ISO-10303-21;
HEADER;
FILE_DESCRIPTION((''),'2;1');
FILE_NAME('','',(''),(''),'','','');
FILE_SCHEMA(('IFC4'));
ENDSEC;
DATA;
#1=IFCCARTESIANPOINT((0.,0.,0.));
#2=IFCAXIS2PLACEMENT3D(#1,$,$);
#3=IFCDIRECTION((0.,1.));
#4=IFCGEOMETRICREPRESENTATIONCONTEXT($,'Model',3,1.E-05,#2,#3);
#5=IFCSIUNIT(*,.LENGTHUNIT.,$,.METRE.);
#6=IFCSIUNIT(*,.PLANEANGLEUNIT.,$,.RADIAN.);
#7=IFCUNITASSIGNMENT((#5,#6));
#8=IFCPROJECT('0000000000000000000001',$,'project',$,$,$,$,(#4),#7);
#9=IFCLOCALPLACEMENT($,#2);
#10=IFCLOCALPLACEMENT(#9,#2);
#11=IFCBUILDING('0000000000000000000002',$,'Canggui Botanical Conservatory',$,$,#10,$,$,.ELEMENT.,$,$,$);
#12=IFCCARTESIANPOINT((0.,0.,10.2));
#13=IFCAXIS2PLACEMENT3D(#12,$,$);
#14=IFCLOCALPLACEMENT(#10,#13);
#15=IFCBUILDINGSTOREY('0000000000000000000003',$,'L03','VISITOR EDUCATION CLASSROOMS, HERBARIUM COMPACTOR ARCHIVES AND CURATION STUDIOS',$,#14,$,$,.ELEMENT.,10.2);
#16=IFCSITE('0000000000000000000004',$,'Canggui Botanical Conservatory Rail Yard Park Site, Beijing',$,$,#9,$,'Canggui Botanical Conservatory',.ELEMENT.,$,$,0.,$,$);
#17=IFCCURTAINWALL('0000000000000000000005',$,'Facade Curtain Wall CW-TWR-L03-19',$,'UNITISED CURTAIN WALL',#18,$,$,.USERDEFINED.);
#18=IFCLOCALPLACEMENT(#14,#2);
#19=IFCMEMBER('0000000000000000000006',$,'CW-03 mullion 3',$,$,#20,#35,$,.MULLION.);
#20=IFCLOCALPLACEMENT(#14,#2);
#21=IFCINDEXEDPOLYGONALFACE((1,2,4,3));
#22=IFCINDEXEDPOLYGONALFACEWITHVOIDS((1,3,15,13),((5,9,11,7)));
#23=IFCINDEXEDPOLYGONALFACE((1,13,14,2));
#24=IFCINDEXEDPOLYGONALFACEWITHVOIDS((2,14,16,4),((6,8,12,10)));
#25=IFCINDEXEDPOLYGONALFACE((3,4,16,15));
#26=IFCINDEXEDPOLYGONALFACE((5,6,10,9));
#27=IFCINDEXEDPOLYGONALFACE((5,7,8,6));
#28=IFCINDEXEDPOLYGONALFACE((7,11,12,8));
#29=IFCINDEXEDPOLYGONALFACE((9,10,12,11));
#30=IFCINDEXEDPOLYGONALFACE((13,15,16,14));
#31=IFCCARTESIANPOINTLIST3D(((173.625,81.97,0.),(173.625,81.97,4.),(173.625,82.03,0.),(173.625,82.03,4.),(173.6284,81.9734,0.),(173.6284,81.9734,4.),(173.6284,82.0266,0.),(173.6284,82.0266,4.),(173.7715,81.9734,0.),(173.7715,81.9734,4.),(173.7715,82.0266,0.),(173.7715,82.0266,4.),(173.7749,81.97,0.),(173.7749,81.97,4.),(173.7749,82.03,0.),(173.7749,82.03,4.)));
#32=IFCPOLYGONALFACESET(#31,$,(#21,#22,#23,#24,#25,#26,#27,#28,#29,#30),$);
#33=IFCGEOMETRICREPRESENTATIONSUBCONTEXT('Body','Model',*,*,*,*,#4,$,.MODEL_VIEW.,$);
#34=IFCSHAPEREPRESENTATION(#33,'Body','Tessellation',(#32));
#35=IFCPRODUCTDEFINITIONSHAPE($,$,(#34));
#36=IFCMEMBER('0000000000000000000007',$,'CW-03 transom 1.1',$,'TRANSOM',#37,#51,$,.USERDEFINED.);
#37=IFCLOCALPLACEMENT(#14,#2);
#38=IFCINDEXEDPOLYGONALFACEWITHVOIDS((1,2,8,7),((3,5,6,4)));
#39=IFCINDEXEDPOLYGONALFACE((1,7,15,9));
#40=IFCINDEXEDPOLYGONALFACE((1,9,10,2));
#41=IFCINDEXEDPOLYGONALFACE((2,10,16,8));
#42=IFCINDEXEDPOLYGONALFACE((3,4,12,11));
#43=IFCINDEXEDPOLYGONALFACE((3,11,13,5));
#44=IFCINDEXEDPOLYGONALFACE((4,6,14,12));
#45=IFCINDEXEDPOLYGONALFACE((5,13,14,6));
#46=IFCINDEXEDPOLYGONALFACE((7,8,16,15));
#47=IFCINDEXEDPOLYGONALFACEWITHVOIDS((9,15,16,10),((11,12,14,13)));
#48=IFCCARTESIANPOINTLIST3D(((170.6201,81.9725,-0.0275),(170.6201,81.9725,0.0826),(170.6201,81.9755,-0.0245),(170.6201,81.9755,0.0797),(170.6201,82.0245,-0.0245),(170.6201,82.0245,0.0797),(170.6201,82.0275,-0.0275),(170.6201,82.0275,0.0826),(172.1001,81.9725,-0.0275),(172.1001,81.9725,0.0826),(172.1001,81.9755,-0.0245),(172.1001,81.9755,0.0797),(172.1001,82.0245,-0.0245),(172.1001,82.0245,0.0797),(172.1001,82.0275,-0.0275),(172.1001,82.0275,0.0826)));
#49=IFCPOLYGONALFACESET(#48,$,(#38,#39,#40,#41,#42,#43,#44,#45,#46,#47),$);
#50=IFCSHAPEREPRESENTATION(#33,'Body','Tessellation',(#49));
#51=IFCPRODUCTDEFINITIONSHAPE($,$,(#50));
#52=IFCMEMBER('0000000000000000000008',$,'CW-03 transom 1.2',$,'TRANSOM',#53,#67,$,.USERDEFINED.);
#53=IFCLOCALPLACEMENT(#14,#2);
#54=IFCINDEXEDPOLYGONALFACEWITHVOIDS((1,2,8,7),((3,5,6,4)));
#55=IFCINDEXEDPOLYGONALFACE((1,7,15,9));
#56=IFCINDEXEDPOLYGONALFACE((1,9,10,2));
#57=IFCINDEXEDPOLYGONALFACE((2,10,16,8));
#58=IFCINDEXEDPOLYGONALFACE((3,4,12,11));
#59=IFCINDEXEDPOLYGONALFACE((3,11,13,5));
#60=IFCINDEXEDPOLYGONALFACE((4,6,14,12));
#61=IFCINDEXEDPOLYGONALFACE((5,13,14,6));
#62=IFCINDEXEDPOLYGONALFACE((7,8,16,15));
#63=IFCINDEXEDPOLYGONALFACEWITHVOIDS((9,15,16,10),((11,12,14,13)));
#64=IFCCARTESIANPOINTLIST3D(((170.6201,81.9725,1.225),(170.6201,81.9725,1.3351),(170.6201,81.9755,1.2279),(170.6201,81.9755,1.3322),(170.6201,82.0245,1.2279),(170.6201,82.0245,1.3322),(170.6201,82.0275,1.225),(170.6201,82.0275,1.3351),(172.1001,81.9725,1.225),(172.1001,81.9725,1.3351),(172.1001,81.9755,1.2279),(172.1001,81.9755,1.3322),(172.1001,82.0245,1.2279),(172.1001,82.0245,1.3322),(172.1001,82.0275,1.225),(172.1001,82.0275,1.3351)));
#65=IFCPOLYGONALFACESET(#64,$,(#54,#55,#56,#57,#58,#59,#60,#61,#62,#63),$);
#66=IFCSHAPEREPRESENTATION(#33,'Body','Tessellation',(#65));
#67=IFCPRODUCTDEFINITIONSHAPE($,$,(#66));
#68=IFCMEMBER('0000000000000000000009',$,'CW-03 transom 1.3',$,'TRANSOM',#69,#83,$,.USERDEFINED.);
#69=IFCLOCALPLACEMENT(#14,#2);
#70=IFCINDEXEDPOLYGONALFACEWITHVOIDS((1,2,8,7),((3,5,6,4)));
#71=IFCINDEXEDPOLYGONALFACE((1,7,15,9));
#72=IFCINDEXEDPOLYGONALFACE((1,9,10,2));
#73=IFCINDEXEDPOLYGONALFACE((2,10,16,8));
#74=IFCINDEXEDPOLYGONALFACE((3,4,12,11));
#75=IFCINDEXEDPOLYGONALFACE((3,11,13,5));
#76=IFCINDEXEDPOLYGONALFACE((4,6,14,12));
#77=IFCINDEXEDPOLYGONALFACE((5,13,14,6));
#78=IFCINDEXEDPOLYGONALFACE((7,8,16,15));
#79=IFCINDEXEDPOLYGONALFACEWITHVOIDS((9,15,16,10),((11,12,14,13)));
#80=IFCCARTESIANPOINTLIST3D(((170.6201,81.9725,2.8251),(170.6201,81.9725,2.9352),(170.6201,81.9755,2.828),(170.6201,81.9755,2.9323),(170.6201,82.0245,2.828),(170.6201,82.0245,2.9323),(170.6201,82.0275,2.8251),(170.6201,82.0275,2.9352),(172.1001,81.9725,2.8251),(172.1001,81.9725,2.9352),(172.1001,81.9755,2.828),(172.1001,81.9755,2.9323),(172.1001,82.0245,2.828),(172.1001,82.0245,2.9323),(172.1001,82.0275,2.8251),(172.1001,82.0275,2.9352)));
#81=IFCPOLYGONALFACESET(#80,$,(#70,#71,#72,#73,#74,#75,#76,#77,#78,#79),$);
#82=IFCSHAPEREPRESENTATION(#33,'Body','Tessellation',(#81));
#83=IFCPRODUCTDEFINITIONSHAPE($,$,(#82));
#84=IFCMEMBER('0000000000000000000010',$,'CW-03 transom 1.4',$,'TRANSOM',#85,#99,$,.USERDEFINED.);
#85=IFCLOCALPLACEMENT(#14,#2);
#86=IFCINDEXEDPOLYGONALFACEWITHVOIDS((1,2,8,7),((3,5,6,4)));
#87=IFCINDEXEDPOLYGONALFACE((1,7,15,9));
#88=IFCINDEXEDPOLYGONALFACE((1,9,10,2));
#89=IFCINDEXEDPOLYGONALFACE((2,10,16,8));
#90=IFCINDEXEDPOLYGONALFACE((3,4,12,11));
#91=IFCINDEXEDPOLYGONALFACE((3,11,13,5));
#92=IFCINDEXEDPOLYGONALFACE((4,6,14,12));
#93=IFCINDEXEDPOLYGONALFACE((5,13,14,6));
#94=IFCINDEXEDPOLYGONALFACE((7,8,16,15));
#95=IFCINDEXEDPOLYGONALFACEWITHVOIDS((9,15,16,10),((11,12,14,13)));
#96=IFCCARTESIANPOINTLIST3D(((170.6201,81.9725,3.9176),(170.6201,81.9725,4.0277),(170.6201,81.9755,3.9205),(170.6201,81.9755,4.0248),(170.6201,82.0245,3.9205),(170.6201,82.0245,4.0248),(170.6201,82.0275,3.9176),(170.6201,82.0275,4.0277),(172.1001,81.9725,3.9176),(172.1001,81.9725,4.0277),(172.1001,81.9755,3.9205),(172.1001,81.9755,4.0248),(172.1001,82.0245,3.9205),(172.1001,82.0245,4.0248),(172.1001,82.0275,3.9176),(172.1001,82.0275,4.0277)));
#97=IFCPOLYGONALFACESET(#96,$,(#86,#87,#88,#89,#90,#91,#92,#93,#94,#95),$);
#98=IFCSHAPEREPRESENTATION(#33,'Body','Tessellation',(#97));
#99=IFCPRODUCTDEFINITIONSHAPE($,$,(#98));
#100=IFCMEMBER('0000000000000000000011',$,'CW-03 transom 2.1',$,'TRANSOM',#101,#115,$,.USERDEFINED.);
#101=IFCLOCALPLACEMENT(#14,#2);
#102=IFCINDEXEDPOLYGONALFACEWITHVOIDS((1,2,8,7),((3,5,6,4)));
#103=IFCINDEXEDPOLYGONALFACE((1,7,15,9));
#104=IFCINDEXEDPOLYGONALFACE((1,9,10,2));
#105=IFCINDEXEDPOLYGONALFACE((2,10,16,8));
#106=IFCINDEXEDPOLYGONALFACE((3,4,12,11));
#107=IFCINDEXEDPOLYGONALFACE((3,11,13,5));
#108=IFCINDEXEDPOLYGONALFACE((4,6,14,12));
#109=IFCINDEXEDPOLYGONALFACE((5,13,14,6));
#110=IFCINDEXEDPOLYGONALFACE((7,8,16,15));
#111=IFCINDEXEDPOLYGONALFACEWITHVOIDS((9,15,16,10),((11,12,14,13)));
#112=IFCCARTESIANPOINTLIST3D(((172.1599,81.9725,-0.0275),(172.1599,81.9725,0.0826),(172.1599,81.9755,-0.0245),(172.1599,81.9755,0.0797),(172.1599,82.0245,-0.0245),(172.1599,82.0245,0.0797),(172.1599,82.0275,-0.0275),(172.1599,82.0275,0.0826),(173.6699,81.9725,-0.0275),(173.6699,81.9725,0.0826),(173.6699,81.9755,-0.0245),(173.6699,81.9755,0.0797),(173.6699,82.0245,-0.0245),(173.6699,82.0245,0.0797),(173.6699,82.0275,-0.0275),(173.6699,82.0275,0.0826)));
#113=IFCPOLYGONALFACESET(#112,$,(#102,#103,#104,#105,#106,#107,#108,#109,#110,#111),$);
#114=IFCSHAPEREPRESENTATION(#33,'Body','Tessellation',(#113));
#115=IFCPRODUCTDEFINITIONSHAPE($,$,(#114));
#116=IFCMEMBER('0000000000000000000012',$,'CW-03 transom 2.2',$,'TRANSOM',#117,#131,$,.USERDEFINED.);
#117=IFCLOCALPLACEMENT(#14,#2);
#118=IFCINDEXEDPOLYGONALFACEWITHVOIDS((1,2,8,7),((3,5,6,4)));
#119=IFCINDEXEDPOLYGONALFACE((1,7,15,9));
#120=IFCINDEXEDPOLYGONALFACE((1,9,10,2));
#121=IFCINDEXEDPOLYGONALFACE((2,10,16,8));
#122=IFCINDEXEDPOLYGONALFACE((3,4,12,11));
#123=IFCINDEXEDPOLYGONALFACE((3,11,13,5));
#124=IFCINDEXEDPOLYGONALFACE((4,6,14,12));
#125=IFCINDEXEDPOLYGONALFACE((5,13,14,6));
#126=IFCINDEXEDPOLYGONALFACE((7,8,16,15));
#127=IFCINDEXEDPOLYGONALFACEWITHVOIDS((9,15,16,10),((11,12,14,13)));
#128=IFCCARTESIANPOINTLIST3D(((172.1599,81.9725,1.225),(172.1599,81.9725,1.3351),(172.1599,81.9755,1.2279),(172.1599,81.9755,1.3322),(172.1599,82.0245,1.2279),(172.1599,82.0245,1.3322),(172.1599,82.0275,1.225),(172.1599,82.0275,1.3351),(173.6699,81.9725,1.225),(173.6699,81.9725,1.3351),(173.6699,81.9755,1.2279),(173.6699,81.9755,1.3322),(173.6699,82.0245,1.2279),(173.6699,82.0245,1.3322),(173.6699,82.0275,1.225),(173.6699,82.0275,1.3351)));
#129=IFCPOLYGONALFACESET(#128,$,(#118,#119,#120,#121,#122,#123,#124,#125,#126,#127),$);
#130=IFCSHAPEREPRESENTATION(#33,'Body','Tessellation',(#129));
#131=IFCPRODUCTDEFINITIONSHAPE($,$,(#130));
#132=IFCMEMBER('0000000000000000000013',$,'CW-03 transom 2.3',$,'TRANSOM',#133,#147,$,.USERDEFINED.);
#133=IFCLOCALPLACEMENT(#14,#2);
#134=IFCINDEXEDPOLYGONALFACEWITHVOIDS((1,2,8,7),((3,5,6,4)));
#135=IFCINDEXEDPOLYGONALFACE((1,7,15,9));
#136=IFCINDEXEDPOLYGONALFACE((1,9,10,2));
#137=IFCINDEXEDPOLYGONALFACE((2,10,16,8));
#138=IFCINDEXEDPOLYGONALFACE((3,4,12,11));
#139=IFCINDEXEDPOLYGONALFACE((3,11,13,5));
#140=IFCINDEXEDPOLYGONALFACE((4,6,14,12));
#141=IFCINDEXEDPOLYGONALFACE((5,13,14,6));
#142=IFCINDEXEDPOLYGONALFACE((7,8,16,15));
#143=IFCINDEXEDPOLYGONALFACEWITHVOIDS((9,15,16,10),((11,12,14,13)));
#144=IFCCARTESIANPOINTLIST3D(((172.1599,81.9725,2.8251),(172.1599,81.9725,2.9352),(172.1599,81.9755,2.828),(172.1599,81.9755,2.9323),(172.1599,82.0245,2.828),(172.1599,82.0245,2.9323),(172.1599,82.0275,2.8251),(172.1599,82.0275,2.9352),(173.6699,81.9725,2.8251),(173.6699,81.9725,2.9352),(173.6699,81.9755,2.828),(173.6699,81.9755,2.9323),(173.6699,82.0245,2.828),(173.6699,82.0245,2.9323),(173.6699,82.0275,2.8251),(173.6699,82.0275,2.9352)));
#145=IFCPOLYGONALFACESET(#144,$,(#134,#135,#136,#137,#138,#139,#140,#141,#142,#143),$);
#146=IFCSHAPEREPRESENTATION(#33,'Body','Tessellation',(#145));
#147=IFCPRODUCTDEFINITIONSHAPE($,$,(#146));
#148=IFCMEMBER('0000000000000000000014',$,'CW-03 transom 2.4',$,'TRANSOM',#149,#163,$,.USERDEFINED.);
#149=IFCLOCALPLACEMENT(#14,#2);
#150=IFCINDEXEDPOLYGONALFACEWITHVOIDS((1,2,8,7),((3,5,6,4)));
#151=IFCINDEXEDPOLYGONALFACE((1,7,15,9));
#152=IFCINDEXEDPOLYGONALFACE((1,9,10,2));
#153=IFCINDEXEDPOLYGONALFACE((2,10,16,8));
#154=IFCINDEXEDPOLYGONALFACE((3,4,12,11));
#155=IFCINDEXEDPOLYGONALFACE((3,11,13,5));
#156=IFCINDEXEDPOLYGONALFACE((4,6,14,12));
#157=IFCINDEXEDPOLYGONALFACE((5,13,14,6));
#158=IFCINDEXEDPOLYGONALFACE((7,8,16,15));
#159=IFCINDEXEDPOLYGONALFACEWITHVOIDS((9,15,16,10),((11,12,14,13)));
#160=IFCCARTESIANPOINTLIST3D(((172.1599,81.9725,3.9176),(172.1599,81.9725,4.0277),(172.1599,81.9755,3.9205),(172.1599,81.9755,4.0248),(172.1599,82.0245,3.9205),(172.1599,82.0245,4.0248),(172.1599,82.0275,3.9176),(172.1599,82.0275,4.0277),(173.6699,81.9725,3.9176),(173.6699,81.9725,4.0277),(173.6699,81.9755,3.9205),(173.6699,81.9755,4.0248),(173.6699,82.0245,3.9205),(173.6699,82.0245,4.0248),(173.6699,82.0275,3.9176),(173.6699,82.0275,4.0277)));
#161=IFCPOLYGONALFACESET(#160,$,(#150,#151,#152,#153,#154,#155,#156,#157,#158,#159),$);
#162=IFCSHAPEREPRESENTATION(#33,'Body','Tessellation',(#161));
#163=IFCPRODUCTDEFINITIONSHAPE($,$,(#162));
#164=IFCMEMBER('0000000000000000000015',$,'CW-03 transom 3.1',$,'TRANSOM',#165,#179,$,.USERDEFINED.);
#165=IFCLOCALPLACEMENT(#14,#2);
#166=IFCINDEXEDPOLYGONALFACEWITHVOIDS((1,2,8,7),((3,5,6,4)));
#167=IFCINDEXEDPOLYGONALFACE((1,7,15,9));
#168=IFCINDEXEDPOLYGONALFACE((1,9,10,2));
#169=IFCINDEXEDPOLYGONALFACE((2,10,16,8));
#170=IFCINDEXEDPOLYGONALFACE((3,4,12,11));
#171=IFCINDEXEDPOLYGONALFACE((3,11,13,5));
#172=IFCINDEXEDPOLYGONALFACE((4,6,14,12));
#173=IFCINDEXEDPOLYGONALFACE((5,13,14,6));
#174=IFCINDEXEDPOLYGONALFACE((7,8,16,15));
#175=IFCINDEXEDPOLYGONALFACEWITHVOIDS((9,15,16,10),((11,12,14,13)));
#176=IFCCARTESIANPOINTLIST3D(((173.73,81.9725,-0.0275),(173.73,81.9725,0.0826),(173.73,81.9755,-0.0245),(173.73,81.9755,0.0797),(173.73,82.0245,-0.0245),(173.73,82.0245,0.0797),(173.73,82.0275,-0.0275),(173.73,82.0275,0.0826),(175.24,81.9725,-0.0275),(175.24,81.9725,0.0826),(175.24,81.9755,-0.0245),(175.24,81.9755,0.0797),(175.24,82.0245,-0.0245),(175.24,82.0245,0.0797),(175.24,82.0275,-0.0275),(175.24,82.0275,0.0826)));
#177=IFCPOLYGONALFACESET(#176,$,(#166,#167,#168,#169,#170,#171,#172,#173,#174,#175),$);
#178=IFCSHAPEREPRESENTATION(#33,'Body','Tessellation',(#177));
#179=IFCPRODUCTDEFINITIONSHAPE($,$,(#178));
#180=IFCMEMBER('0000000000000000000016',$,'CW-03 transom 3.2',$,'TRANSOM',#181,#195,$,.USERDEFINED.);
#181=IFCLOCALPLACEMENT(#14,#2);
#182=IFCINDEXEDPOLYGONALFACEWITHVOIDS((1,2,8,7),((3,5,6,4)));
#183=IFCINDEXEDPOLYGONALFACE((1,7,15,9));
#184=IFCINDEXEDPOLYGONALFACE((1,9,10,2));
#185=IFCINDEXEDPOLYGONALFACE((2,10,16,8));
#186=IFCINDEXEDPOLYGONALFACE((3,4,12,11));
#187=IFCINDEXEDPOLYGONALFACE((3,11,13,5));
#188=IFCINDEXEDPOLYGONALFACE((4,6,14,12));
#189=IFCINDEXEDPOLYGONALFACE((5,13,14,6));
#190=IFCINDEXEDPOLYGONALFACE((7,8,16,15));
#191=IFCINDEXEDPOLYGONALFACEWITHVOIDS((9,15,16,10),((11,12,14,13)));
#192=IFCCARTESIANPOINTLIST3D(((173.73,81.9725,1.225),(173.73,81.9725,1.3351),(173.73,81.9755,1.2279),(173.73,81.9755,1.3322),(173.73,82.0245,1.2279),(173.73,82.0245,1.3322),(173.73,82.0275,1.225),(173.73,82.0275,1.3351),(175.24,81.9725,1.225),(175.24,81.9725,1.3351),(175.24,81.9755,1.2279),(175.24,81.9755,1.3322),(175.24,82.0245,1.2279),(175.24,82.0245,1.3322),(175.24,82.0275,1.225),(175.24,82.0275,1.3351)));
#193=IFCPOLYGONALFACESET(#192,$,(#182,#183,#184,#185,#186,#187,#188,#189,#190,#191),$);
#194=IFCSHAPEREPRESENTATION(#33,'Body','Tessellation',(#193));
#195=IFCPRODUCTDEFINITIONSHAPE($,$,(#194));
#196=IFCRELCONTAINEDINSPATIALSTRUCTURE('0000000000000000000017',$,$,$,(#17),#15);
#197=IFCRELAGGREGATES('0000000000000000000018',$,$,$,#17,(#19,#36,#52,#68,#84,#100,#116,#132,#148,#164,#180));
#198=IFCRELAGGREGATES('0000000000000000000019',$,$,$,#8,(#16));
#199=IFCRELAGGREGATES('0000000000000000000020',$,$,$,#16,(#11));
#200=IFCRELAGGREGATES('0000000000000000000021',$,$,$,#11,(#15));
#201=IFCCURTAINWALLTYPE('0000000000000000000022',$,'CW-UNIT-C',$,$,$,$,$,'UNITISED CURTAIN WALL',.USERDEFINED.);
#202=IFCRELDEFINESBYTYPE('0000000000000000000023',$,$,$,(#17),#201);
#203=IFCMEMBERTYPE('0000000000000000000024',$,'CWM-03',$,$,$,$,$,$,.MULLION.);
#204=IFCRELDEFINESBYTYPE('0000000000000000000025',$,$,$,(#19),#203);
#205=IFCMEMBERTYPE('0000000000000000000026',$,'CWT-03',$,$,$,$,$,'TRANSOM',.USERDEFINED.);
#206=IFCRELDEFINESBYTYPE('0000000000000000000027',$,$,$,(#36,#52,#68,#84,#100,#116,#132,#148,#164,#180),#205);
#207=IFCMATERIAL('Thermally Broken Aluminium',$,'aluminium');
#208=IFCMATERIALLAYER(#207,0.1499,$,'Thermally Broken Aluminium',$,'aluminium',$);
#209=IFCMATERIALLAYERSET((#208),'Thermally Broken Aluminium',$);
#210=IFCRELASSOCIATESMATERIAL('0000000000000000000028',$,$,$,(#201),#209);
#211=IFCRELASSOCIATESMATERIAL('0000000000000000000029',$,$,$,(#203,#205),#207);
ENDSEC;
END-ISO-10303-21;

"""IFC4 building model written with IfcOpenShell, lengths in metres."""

from ifc_helpers import new_model, si_unit, direction, frame, origin, origin_2d, place, context, subcontext, project, spatial, hollow_rectangle, extrude, material, layer, layer_set, material_profile, profile_set, type_object, element, aggregate, save


model = new_model("IFC4")

# Units and contexts
model_context = context("Model", 3, precision=1e-05, world=origin(), true_north=direction((0.0, 1.0)))
body_context = subcontext(model_context, "Body", "Model", "MODEL_VIEW")
ifc_project = project(units=[si_unit("LENGTHUNIT", "METRE"), si_unit("PLANEANGLEUNIT", "RADIAN")], contexts=[model_context])

# Site, building, storey
site_placement = place(None, origin())
site = spatial("IfcSite", under=ifc_project, at=site_placement, Name="Canggui Botanical Conservatory Rail Yard Park Site, Beijing", LongName="Canggui Botanical Conservatory", CompositionType="ELEMENT", RefElevation=0.0)
building_placement = place(site_placement, origin())
building = spatial("IfcBuilding", under=site, at=building_placement, Name="Canggui Botanical Conservatory", CompositionType="ELEMENT")
storey_placement = place(building_placement, frame((0.0, 0.0, 10.2)))
storey = spatial("IfcBuildingStorey", under=building, at=storey_placement, Name="L03", Description="VISITOR EDUCATION CLASSROOMS, HERBARIUM COMPACTOR ARCHIVES AND CURATION STUDIOS", CompositionType="ELEMENT", Elevation=10.2)

# Curtain wall, members
ifc_material_1 = material(Name="Thermally Broken Aluminium", Category="aluminium")
ifc_layer_1 = layer(ifc_material_1, 0.1499, Name="Thermally Broken Aluminium", Category="aluminium")
ifc_layer_set_1 = layer_set([ifc_layer_1], Name="Thermally Broken Aluminium")
curtain_wall_type = type_object("IfcCurtainWallType", Name="CW-UNIT-C", ElementType="UNITISED CURTAIN WALL", PredefinedType="USERDEFINED", material=ifc_layer_set_1)
curtain_wall_placement = place(storey_placement, origin())
curtain_wall = element("IfcCurtainWall", 1, at=curtain_wall_placement, inside=storey, type_object=curtain_wall_type, Name="Facade Curtain Wall CW-TWR-L03-19", ObjectType="UNITISED CURTAIN WALL", PredefinedType="USERDEFINED")
ifc_material_profile_1 = material_profile(ifc_material_1, hollow_rectangle(XDim=0.0601, YDim=0.1499, WallThickness=0.0034, at=origin_2d()), Name="CWM 60x150x3.5")
ifc_profile_set_1 = profile_set([ifc_material_profile_1], Name="Thermally Broken Aluminium")
member_type_1 = type_object("IfcMemberType", Name="CWM-03", PredefinedType="MULLION", material=ifc_profile_set_1)
member_1_placement = place(storey_placement, frame((173.7, 82.0, 0.0), z_axis=(0.0, 0.0, 1.0), x_axis=(0.0, 1.0, 0.0)))
member_1 = element("IfcMember", 2, at=member_1_placement, type_object=member_type_1, Name="CW-03 mullion 3", PredefinedType="MULLION", context=body_context, shape_type="SweptSolid", body=[
    extrude(hollow_rectangle(XDim=0.0601, YDim=0.1499, WallThickness=0.0034, at=origin_2d()), origin(), (0.0, 0.0, 1.0), 4.0),
])
ifc_material_profile_2 = material_profile(ifc_material_1, hollow_rectangle(XDim=0.0549, YDim=0.1101, WallThickness=0.0029, at=origin_2d()), Name="CWT 55x110x3")
ifc_profile_set_2 = profile_set([ifc_material_profile_2], Name="Thermally Broken Aluminium")
member_type_2 = type_object("IfcMemberType", Name="CWT-03", ElementType="TRANSOM", PredefinedType="USERDEFINED", material=ifc_profile_set_2)
member_2_placement = place(storey_placement, frame((170.6201, 82.0, 0.0276), z_axis=(1.0, 0.0, 0.0), x_axis=(0.0, 1.0, 0.0)))
member_2 = element("IfcMember", 3, at=member_2_placement, type_object=member_type_2, Name="CW-03 transom 1.1", ObjectType="TRANSOM", PredefinedType="USERDEFINED", context=body_context, shape_type="SweptSolid", body=[
    extrude(hollow_rectangle(XDim=0.0549, YDim=0.1101, WallThickness=0.0029, at=origin_2d()), origin(), (0.0, 0.0, 1.0), 1.48),
])
member_3_placement = place(storey_placement, frame((170.6201, 82.0, 1.28), z_axis=(1.0, 0.0, 0.0), x_axis=(0.0, 1.0, 0.0)))
member_3 = element("IfcMember", 4, at=member_3_placement, type_object=member_type_2, Name="CW-03 transom 1.2", ObjectType="TRANSOM", PredefinedType="USERDEFINED", context=body_context, shape_type="SweptSolid", body=[
    extrude(hollow_rectangle(XDim=0.0549, YDim=0.1101, WallThickness=0.0029, at=origin_2d()), origin(), (0.0, 0.0, 1.0), 1.48),
])
member_4_placement = place(storey_placement, frame((170.6201, 82.0, 2.8801), z_axis=(1.0, 0.0, 0.0), x_axis=(0.0, 1.0, 0.0)))
member_4 = element("IfcMember", 5, at=member_4_placement, type_object=member_type_2, Name="CW-03 transom 1.3", ObjectType="TRANSOM", PredefinedType="USERDEFINED", context=body_context, shape_type="SweptSolid", body=[
    extrude(hollow_rectangle(XDim=0.0549, YDim=0.1101, WallThickness=0.0029, at=origin_2d()), origin(), (0.0, 0.0, 1.0), 1.48),
])
member_5_placement = place(storey_placement, frame((170.6201, 82.0, 3.9727), z_axis=(1.0, 0.0, 0.0), x_axis=(0.0, 1.0, 0.0)))
member_5 = element("IfcMember", 6, at=member_5_placement, type_object=member_type_2, Name="CW-03 transom 1.4", ObjectType="TRANSOM", PredefinedType="USERDEFINED", context=body_context, shape_type="SweptSolid", body=[
    extrude(hollow_rectangle(XDim=0.0549, YDim=0.1101, WallThickness=0.0029, at=origin_2d()), origin(), (0.0, 0.0, 1.0), 1.48),
])
member_6_placement = place(storey_placement, frame((172.1599, 82.0, 0.0276), z_axis=(1.0, 0.0, 0.0), x_axis=(0.0, 1.0, 0.0)))
member_6 = element("IfcMember", 7, at=member_6_placement, type_object=member_type_2, Name="CW-03 transom 2.1", ObjectType="TRANSOM", PredefinedType="USERDEFINED", context=body_context, shape_type="SweptSolid", body=[
    extrude(hollow_rectangle(XDim=0.0549, YDim=0.1101, WallThickness=0.0029, at=origin_2d()), origin(), (0.0, 0.0, 1.0), 1.51),
])
member_7_placement = place(storey_placement, frame((172.1599, 82.0, 1.28), z_axis=(1.0, 0.0, 0.0), x_axis=(0.0, 1.0, 0.0)))
member_7 = element("IfcMember", 8, at=member_7_placement, type_object=member_type_2, Name="CW-03 transom 2.2", ObjectType="TRANSOM", PredefinedType="USERDEFINED", context=body_context, shape_type="SweptSolid", body=[
    extrude(hollow_rectangle(XDim=0.0549, YDim=0.1101, WallThickness=0.0029, at=origin_2d()), origin(), (0.0, 0.0, 1.0), 1.51),
])
member_8_placement = place(storey_placement, frame((172.1599, 82.0, 2.8801), z_axis=(1.0, 0.0, 0.0), x_axis=(0.0, 1.0, 0.0)))
member_8 = element("IfcMember", 9, at=member_8_placement, type_object=member_type_2, Name="CW-03 transom 2.3", ObjectType="TRANSOM", PredefinedType="USERDEFINED", context=body_context, shape_type="SweptSolid", body=[
    extrude(hollow_rectangle(XDim=0.0549, YDim=0.1101, WallThickness=0.0029, at=origin_2d()), origin(), (0.0, 0.0, 1.0), 1.51),
])
member_9_placement = place(storey_placement, frame((172.1599, 82.0, 3.9727), z_axis=(1.0, 0.0, 0.0), x_axis=(0.0, 1.0, 0.0)))
member_9 = element("IfcMember", 10, at=member_9_placement, type_object=member_type_2, Name="CW-03 transom 2.4", ObjectType="TRANSOM", PredefinedType="USERDEFINED", context=body_context, shape_type="SweptSolid", body=[
    extrude(hollow_rectangle(XDim=0.0549, YDim=0.1101, WallThickness=0.0029, at=origin_2d()), origin(), (0.0, 0.0, 1.0), 1.51),
])
member_10_placement = place(storey_placement, frame((173.73, 82.0, 0.0276), z_axis=(1.0, 0.0, 0.0), x_axis=(0.0, 1.0, 0.0)))
member_10 = element("IfcMember", 11, at=member_10_placement, type_object=member_type_2, Name="CW-03 transom 3.1", ObjectType="TRANSOM", PredefinedType="USERDEFINED", context=body_context, shape_type="SweptSolid", body=[
    extrude(hollow_rectangle(XDim=0.0549, YDim=0.1101, WallThickness=0.0029, at=origin_2d()), origin(), (0.0, 0.0, 1.0), 1.51),
])
member_11_placement = place(storey_placement, frame((173.73, 82.0, 1.28), z_axis=(1.0, 0.0, 0.0), x_axis=(0.0, 1.0, 0.0)))
member_11 = element("IfcMember", 12, at=member_11_placement, type_object=member_type_2, Name="CW-03 transom 3.2", ObjectType="TRANSOM", PredefinedType="USERDEFINED", context=body_context, shape_type="SweptSolid", body=[
    extrude(hollow_rectangle(XDim=0.0549, YDim=0.1101, WallThickness=0.0029, at=origin_2d()), origin(), (0.0, 0.0, 1.0), 1.51),
])
aggregate(curtain_wall, [member_1, member_2, member_3, member_4, member_5, member_6, member_7, member_8, member_9, member_10, member_11])

save(model, "model.ifc")
